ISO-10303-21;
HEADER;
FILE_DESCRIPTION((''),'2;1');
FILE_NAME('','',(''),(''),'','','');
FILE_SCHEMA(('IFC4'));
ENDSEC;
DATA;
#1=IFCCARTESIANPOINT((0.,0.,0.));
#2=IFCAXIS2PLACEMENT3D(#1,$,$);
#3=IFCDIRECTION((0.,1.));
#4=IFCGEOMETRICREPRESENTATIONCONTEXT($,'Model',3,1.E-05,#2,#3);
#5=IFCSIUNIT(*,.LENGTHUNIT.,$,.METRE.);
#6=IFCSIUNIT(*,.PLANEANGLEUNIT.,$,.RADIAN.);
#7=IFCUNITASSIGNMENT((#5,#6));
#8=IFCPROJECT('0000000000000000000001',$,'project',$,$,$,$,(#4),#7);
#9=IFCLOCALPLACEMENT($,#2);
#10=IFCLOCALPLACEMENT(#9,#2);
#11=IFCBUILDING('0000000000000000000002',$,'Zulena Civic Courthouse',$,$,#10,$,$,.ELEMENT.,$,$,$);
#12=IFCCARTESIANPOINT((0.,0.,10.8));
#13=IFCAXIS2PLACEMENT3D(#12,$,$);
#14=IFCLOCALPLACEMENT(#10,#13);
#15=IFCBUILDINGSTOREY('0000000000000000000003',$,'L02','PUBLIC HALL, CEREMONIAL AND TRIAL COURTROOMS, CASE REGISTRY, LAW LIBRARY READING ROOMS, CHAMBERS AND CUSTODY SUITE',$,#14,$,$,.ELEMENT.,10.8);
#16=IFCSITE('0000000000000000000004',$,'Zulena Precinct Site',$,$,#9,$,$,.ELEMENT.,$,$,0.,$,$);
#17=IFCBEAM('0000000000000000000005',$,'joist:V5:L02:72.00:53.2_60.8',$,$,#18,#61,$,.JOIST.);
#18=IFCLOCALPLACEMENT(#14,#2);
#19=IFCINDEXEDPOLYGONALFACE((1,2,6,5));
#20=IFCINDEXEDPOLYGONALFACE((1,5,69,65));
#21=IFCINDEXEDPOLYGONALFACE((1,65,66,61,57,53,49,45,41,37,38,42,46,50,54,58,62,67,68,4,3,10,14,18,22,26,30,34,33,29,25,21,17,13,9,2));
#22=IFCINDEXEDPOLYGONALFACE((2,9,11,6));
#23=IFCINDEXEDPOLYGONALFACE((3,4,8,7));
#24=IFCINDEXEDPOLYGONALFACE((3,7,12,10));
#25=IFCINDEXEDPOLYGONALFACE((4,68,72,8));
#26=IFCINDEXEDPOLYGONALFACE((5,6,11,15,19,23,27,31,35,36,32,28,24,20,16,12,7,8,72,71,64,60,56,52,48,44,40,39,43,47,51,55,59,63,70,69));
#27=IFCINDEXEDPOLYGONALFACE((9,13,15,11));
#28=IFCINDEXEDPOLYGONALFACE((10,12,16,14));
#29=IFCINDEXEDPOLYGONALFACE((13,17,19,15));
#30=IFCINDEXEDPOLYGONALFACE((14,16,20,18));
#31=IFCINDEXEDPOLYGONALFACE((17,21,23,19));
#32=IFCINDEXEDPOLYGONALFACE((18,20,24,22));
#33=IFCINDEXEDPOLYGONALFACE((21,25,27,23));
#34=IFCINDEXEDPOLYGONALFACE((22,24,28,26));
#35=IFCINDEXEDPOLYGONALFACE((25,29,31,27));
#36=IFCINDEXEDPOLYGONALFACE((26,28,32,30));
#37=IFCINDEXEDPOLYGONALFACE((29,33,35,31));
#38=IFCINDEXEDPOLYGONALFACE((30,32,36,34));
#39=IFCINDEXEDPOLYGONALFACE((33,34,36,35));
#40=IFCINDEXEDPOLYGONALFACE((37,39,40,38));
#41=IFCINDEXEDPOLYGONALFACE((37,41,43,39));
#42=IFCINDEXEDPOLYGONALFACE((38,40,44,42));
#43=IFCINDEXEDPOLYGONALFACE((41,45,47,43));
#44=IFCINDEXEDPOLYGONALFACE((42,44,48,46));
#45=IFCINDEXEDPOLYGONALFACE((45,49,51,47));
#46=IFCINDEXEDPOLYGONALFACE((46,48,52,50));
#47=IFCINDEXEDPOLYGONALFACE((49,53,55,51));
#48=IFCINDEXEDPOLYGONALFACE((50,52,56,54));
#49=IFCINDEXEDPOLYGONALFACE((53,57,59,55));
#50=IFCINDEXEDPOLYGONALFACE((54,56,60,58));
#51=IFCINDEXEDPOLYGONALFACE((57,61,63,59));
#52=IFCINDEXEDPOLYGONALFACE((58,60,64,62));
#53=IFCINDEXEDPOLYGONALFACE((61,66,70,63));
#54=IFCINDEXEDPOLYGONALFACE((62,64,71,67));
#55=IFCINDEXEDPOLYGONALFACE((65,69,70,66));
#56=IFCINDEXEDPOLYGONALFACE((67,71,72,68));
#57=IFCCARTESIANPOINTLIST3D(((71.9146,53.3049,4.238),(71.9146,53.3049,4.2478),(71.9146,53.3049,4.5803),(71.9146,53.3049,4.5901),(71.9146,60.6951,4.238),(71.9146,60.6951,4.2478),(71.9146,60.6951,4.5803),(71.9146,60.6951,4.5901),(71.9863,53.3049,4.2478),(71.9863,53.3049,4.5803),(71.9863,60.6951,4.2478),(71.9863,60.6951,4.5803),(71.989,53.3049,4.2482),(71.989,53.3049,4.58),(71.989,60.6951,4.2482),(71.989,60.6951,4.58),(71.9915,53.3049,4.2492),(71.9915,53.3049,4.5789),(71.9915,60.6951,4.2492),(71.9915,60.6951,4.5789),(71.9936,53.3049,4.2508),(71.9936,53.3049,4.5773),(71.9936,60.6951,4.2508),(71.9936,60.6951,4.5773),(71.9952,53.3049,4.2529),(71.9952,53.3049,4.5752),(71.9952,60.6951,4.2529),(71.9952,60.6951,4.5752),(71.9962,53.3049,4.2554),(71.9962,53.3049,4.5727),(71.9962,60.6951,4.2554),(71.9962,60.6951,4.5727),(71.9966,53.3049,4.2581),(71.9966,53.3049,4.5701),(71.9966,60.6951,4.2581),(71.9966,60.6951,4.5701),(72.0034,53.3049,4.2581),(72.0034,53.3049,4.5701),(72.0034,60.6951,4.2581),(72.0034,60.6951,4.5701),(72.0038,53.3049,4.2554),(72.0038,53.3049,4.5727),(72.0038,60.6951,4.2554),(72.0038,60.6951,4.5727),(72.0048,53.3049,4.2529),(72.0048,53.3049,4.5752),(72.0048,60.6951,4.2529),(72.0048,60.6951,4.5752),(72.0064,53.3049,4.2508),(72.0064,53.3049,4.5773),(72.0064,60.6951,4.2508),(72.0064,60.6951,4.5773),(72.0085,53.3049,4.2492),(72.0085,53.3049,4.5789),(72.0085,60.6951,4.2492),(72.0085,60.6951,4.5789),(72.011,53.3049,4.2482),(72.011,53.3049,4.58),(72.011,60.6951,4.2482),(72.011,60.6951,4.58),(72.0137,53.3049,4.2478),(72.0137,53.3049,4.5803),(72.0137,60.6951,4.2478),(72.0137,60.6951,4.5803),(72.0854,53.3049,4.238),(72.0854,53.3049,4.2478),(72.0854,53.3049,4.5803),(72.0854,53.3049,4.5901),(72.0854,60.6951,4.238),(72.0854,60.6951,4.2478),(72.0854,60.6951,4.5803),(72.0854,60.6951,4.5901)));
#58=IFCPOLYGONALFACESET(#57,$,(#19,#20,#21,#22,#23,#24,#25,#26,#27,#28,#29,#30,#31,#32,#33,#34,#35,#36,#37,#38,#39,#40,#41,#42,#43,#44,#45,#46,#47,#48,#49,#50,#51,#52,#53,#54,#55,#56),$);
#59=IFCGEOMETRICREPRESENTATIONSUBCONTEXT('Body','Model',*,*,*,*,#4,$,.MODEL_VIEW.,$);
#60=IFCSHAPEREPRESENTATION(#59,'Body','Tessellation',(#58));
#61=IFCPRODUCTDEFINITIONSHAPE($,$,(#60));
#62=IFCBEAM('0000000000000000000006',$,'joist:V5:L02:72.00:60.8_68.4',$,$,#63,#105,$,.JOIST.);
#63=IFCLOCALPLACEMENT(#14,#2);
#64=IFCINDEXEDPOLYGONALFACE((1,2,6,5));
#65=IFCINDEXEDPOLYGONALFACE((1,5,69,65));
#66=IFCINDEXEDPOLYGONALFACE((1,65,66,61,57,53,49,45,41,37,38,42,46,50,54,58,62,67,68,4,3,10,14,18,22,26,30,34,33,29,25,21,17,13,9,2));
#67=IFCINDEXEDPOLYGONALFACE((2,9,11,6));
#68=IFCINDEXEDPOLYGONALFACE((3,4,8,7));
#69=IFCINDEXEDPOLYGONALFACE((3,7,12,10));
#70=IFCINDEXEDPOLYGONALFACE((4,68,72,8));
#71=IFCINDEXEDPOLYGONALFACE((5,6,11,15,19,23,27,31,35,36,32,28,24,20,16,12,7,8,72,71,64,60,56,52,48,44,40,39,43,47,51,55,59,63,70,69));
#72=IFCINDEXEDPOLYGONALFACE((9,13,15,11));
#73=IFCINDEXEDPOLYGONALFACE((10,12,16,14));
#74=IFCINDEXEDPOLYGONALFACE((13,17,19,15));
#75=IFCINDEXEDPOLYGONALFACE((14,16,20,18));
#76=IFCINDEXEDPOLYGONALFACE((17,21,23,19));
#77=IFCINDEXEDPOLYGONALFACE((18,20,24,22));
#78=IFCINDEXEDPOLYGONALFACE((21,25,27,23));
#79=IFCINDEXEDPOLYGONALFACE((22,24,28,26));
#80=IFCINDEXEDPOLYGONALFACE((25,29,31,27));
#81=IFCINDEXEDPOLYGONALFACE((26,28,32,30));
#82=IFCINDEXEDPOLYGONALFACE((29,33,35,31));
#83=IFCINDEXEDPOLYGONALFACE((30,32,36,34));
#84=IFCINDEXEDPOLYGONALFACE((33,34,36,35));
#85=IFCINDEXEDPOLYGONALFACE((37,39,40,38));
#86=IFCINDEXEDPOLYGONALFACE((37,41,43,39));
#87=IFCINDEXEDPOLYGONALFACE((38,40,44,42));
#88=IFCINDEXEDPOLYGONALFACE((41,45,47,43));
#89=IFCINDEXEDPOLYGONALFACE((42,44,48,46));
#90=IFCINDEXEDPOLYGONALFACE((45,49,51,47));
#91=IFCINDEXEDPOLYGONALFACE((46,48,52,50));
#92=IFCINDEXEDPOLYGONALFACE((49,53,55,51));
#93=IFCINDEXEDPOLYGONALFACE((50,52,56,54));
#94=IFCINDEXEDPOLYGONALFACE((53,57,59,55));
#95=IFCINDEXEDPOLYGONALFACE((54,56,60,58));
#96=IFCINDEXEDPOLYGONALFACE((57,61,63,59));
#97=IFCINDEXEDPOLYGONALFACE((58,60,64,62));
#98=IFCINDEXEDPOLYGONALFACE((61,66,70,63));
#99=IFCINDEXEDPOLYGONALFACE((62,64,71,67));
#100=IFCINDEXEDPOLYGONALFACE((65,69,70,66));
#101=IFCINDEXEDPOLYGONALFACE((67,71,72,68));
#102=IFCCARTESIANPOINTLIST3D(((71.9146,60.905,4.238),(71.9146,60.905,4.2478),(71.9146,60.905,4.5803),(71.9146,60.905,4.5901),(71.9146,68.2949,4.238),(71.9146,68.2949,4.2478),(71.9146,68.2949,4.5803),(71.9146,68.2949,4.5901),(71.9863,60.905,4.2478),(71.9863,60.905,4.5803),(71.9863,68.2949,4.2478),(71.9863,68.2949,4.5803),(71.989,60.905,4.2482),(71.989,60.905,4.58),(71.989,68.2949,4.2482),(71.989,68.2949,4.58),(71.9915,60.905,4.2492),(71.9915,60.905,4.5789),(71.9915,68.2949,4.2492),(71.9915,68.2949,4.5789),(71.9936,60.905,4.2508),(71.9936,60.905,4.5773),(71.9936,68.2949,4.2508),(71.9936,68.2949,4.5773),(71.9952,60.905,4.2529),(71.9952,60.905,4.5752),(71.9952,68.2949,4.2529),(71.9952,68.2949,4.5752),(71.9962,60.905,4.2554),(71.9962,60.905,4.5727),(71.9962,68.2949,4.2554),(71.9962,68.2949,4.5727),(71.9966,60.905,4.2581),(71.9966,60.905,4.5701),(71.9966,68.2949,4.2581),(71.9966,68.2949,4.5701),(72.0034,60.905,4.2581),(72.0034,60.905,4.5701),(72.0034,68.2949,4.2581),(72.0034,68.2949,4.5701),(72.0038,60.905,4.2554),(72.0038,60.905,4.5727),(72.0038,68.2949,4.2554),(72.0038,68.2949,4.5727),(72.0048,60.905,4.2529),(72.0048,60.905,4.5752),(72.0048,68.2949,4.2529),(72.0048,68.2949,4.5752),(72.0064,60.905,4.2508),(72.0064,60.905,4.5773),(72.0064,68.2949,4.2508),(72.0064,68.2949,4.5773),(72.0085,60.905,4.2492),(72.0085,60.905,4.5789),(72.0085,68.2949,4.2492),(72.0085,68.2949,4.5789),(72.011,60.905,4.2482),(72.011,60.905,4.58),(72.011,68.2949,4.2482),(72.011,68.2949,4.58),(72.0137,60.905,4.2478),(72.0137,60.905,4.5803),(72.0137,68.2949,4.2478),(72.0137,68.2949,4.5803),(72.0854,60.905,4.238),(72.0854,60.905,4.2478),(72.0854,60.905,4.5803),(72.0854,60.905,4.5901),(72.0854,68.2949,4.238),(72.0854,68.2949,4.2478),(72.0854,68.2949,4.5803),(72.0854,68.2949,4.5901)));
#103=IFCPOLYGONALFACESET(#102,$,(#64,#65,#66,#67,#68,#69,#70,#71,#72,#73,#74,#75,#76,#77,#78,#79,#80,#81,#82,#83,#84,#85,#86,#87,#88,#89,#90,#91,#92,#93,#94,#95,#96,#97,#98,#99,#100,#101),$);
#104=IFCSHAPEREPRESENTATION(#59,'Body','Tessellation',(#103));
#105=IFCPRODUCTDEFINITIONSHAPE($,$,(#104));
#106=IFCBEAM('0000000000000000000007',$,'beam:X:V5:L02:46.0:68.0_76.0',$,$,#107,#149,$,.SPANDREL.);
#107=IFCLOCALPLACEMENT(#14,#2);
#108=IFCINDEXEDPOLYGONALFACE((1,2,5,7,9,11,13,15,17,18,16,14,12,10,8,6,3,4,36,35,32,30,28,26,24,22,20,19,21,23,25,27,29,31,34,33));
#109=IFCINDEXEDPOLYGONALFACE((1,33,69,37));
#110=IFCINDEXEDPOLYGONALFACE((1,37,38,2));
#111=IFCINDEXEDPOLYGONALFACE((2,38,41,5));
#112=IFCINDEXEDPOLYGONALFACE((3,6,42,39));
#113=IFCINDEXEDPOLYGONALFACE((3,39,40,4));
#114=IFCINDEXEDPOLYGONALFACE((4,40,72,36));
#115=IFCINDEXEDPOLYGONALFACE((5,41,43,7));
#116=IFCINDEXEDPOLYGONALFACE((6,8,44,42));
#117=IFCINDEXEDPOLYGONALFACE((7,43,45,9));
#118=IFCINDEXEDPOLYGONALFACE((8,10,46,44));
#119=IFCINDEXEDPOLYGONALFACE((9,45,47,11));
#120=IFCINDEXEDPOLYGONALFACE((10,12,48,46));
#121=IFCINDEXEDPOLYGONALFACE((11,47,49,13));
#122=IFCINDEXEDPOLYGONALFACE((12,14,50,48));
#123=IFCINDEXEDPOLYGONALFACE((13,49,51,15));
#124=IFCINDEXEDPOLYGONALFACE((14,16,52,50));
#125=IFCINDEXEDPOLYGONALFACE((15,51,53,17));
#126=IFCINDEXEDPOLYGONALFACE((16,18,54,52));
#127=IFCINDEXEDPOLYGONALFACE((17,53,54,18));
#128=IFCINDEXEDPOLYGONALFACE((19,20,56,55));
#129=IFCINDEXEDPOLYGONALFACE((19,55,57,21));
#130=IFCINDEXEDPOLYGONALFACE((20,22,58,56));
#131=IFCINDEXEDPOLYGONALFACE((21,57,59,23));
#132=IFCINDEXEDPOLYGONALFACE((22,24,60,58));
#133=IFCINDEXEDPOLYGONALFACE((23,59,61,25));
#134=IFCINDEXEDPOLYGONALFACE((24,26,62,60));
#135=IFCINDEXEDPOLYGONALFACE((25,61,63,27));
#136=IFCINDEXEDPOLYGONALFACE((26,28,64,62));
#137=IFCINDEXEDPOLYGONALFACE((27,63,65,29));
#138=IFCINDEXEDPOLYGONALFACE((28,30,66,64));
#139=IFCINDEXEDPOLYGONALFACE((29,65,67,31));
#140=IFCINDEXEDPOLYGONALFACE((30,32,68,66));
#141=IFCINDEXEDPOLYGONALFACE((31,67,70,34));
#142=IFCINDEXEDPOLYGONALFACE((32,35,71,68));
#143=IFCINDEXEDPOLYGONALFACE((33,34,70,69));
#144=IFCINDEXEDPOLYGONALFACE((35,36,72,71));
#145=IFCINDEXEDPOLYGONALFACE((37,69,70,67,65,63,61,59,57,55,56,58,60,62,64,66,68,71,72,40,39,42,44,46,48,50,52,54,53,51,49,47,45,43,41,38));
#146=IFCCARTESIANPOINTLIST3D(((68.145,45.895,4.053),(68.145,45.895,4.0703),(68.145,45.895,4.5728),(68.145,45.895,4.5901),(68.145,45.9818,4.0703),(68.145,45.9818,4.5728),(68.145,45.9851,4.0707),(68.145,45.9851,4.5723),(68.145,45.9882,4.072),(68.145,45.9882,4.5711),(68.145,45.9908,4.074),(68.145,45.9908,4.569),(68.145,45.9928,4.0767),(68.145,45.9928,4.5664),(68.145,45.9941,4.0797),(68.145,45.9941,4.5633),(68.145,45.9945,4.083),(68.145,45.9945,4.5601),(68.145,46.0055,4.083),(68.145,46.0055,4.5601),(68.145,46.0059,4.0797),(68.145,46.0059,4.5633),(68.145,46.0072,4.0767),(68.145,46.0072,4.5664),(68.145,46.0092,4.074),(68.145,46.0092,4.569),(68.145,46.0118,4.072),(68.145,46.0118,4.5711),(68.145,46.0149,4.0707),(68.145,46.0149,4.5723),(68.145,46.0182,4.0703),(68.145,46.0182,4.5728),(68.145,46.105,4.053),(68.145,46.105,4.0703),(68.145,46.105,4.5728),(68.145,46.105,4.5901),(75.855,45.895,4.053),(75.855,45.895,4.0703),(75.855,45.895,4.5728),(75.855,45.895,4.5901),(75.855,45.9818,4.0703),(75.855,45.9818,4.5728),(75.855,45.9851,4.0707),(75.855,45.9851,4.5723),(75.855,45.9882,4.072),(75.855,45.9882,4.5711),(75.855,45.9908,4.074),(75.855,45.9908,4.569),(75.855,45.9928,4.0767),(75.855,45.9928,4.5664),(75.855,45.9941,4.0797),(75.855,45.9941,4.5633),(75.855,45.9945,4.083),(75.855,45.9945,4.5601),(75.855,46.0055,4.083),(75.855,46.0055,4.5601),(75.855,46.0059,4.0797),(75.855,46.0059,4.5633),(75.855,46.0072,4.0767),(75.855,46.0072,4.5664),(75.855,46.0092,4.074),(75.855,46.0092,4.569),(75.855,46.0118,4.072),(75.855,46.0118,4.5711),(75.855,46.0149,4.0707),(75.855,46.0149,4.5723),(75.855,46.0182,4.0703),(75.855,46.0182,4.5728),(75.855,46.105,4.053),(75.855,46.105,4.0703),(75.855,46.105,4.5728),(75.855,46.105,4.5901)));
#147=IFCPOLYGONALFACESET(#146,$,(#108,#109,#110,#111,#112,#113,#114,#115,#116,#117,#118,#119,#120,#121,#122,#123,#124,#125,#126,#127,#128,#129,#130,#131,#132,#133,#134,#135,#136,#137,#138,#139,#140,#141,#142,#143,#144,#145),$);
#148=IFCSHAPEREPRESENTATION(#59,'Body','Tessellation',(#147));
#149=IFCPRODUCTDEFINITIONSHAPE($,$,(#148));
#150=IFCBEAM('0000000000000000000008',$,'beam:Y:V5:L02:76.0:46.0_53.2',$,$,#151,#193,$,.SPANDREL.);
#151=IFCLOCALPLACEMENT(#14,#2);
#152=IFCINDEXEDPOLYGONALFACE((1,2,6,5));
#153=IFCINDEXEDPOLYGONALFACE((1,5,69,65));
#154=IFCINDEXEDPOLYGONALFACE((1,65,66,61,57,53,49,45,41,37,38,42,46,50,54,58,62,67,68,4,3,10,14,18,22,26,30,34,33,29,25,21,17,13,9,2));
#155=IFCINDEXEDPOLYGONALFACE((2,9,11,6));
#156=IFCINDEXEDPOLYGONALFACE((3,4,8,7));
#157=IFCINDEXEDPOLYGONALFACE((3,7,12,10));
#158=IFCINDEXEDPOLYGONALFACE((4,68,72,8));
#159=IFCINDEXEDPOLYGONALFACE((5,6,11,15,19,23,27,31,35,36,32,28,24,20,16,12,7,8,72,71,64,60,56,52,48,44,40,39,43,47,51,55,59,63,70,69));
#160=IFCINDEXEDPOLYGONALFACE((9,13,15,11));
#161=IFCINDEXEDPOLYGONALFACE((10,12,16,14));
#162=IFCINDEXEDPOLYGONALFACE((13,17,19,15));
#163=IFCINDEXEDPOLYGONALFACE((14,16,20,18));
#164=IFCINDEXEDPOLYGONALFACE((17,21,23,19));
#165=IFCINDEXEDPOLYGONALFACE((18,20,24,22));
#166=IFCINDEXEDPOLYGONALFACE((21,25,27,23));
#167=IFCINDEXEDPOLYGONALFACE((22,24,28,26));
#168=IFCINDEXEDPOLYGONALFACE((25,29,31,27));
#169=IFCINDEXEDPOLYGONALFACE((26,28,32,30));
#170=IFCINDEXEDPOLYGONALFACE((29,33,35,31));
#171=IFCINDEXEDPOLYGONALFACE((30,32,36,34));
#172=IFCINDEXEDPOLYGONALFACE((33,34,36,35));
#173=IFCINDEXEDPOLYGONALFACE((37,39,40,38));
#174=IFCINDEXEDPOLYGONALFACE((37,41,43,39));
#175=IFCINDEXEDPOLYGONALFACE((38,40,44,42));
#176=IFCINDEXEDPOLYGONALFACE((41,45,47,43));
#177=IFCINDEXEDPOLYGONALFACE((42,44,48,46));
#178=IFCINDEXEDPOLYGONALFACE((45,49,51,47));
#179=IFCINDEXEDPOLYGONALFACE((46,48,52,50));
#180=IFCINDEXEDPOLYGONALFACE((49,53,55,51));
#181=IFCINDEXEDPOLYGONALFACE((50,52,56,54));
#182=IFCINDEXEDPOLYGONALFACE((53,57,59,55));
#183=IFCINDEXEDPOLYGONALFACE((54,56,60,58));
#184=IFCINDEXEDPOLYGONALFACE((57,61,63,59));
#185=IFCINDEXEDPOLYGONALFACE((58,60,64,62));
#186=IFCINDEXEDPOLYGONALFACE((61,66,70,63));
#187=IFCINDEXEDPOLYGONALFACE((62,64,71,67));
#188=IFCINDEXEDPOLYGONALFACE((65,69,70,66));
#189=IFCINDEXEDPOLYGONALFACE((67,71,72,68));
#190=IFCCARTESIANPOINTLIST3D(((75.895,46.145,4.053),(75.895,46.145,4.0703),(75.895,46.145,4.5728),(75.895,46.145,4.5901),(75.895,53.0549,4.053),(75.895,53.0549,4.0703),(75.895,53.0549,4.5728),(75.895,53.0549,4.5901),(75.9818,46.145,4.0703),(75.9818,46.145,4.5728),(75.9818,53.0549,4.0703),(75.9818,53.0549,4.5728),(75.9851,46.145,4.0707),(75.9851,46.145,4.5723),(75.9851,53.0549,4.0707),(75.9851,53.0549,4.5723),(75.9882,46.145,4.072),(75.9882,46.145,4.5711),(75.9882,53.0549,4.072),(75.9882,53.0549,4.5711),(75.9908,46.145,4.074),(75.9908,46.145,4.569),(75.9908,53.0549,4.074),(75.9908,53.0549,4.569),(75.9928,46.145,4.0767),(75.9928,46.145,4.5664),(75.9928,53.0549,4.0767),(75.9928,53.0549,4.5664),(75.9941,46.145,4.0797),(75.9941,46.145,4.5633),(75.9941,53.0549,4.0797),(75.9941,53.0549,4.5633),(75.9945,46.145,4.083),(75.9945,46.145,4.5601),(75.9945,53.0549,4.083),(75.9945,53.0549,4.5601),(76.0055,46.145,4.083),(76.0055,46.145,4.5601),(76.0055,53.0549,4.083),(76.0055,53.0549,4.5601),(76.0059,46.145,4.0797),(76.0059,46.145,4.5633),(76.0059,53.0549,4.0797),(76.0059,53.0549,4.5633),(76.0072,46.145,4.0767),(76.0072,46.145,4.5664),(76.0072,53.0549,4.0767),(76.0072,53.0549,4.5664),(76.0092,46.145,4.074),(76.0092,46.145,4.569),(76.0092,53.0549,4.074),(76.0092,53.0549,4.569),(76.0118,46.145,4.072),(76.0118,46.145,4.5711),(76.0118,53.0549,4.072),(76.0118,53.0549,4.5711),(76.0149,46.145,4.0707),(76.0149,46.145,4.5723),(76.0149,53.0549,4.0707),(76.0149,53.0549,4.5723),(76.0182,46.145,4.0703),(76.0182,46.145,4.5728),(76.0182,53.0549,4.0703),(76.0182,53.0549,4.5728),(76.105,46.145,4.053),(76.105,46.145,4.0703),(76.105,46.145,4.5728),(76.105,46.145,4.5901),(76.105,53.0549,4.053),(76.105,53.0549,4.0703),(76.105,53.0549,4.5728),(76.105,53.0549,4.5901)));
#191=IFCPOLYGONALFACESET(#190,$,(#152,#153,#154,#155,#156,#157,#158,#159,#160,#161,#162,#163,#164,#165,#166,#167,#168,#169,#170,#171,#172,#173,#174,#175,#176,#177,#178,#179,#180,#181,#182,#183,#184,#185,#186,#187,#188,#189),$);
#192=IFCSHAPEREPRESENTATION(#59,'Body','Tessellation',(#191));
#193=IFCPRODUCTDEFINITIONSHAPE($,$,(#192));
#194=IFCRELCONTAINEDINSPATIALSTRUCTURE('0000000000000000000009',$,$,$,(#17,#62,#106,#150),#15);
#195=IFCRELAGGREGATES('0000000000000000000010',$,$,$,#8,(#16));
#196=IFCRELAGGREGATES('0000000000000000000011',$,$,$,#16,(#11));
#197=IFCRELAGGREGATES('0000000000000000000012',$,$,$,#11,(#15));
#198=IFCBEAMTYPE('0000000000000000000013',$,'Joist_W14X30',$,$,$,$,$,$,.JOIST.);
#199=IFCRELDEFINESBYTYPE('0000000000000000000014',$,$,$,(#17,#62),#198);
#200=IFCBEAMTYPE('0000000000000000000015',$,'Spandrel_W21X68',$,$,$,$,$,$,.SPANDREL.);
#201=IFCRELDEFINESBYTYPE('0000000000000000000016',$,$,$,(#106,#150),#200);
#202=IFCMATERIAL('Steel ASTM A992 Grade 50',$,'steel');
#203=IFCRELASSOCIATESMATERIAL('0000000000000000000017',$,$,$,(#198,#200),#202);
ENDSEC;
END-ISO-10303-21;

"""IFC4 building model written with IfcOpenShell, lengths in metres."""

from ifc_helpers import new_model, si_unit, direction, frame, origin, origin_2d, place, context, subcontext, project, spatial, i_section, extrude, material, material_profile, profile_set, type_object, element, save


model = new_model("IFC4")

# Units and contexts
model_context = context("Model", 3, precision=1e-05, world=origin(), true_north=direction((0.0, 1.0)))
body_context = subcontext(model_context, "Body", "Model", "MODEL_VIEW")
ifc_project = project(units=[si_unit("LENGTHUNIT", "METRE"), si_unit("PLANEANGLEUNIT", "RADIAN")], contexts=[model_context])

# Site, building, storey
site_placement = place(None, origin())
site = spatial("IfcSite", under=ifc_project, at=site_placement, Name="Zulena Precinct Site", CompositionType="ELEMENT", RefElevation=0.0)
building_placement = place(site_placement, origin())
building = spatial("IfcBuilding", under=site, at=building_placement, Name="Zulena Civic Courthouse", CompositionType="ELEMENT")
storey_placement = place(building_placement, frame((0.0, 0.0, 10.8)))
storey = spatial("IfcBuildingStorey", under=building, at=storey_placement, Name="L02", Description="PUBLIC HALL, CEREMONIAL AND TRIAL COURTROOMS, CASE REGISTRY, LAW LIBRARY READING ROOMS, CHAMBERS AND CUSTODY SUITE", CompositionType="ELEMENT", Elevation=10.8)

# Shared definitions
ifc_material_1 = material(Name="Steel ASTM A992 Grade 50", Category="steel")

# Beams
ifc_material_profile_1 = material_profile(ifc_material_1, i_section(OverallWidth=0.1709, OverallDepth=0.3521, WebThickness=0.0068, FlangeThickness=0.0098, FilletRadius=0.0103, at=origin_2d()), Name="W14X30")
ifc_profile_set_1 = profile_set([ifc_material_profile_1], Name="Steel ASTM A992 Grade 50")
beam_type_1 = type_object("IfcBeamType", Name="Joist_W14X30", PredefinedType="JOIST", material=ifc_profile_set_1)
beam_1_placement = place(storey_placement, frame((72.0, 53.3049, 4.4141), z_axis=(0.0, 1.0, 0.0), x_axis=(-1.0, 0.0, 0.0)))
element("IfcBeam", 1, at=beam_1_placement, inside=storey, type_object=beam_type_1, Name="joist:V5:L02:72.00:53.2_60.8", PredefinedType="JOIST", context=body_context, shape_type="SweptSolid", body=[
    extrude(i_section(OverallWidth=0.1709, OverallDepth=0.3521, WebThickness=0.0068, FlangeThickness=0.0098, FilletRadius=0.0103, at=origin_2d()), origin(), (0.0, 0.0, 1.0), 7.3901),
])
beam_2_placement = place(storey_placement, frame((72.0, 60.905, 4.4141), z_axis=(0.0, 1.0, 0.0), x_axis=(-1.0, 0.0, 0.0)))
element("IfcBeam", 2, at=beam_2_placement, inside=storey, type_object=beam_type_1, Name="joist:V5:L02:72.00:60.8_68.4", PredefinedType="JOIST", context=body_context, shape_type="SweptSolid", body=[
    extrude(i_section(OverallWidth=0.1709, OverallDepth=0.3521, WebThickness=0.0068, FlangeThickness=0.0098, FilletRadius=0.0103, at=origin_2d()), origin(), (0.0, 0.0, 1.0), 7.3899),
])
ifc_material_profile_2 = material_profile(ifc_material_1, i_section(OverallWidth=0.21, OverallDepth=0.5371, WebThickness=0.011, FlangeThickness=0.0173, FilletRadius=0.0127, at=origin_2d()), Name="W21X68")
ifc_profile_set_2 = profile_set([ifc_material_profile_2], Name="Steel ASTM A992 Grade 50")
beam_type_2 = type_object("IfcBeamType", Name="Spandrel_W21X68", PredefinedType="SPANDREL", material=ifc_profile_set_2)
beam_3_placement = place(storey_placement, frame((68.145, 46.0, 4.3215), z_axis=(1.0, 0.0, 0.0), x_axis=(0.0, 1.0, 0.0)))
element("IfcBeam", 3, at=beam_3_placement, inside=storey, type_object=beam_type_2, Name="beam:X:V5:L02:46.0:68.0_76.0", PredefinedType="SPANDREL", context=body_context, shape_type="SweptSolid", body=[
    extrude(i_section(OverallWidth=0.21, OverallDepth=0.5371, WebThickness=0.011, FlangeThickness=0.0173, FilletRadius=0.0127, at=origin_2d()), origin(), (0.0, 0.0, 1.0), 7.71),
])
beam_4_placement = place(storey_placement, frame((76.0, 46.145, 4.3215), z_axis=(0.0, 1.0, 0.0), x_axis=(-1.0, 0.0, 0.0)))
element("IfcBeam", 4, at=beam_4_placement, inside=storey, type_object=beam_type_2, Name="beam:Y:V5:L02:76.0:46.0_53.2", PredefinedType="SPANDREL", context=body_context, shape_type="SweptSolid", body=[
    extrude(i_section(OverallWidth=0.21, OverallDepth=0.5371, WebThickness=0.011, FlangeThickness=0.0173, FilletRadius=0.0127, at=origin_2d()), origin(), (0.0, 0.0, 1.0), 6.9099),
])

save(model, "model.ifc")
